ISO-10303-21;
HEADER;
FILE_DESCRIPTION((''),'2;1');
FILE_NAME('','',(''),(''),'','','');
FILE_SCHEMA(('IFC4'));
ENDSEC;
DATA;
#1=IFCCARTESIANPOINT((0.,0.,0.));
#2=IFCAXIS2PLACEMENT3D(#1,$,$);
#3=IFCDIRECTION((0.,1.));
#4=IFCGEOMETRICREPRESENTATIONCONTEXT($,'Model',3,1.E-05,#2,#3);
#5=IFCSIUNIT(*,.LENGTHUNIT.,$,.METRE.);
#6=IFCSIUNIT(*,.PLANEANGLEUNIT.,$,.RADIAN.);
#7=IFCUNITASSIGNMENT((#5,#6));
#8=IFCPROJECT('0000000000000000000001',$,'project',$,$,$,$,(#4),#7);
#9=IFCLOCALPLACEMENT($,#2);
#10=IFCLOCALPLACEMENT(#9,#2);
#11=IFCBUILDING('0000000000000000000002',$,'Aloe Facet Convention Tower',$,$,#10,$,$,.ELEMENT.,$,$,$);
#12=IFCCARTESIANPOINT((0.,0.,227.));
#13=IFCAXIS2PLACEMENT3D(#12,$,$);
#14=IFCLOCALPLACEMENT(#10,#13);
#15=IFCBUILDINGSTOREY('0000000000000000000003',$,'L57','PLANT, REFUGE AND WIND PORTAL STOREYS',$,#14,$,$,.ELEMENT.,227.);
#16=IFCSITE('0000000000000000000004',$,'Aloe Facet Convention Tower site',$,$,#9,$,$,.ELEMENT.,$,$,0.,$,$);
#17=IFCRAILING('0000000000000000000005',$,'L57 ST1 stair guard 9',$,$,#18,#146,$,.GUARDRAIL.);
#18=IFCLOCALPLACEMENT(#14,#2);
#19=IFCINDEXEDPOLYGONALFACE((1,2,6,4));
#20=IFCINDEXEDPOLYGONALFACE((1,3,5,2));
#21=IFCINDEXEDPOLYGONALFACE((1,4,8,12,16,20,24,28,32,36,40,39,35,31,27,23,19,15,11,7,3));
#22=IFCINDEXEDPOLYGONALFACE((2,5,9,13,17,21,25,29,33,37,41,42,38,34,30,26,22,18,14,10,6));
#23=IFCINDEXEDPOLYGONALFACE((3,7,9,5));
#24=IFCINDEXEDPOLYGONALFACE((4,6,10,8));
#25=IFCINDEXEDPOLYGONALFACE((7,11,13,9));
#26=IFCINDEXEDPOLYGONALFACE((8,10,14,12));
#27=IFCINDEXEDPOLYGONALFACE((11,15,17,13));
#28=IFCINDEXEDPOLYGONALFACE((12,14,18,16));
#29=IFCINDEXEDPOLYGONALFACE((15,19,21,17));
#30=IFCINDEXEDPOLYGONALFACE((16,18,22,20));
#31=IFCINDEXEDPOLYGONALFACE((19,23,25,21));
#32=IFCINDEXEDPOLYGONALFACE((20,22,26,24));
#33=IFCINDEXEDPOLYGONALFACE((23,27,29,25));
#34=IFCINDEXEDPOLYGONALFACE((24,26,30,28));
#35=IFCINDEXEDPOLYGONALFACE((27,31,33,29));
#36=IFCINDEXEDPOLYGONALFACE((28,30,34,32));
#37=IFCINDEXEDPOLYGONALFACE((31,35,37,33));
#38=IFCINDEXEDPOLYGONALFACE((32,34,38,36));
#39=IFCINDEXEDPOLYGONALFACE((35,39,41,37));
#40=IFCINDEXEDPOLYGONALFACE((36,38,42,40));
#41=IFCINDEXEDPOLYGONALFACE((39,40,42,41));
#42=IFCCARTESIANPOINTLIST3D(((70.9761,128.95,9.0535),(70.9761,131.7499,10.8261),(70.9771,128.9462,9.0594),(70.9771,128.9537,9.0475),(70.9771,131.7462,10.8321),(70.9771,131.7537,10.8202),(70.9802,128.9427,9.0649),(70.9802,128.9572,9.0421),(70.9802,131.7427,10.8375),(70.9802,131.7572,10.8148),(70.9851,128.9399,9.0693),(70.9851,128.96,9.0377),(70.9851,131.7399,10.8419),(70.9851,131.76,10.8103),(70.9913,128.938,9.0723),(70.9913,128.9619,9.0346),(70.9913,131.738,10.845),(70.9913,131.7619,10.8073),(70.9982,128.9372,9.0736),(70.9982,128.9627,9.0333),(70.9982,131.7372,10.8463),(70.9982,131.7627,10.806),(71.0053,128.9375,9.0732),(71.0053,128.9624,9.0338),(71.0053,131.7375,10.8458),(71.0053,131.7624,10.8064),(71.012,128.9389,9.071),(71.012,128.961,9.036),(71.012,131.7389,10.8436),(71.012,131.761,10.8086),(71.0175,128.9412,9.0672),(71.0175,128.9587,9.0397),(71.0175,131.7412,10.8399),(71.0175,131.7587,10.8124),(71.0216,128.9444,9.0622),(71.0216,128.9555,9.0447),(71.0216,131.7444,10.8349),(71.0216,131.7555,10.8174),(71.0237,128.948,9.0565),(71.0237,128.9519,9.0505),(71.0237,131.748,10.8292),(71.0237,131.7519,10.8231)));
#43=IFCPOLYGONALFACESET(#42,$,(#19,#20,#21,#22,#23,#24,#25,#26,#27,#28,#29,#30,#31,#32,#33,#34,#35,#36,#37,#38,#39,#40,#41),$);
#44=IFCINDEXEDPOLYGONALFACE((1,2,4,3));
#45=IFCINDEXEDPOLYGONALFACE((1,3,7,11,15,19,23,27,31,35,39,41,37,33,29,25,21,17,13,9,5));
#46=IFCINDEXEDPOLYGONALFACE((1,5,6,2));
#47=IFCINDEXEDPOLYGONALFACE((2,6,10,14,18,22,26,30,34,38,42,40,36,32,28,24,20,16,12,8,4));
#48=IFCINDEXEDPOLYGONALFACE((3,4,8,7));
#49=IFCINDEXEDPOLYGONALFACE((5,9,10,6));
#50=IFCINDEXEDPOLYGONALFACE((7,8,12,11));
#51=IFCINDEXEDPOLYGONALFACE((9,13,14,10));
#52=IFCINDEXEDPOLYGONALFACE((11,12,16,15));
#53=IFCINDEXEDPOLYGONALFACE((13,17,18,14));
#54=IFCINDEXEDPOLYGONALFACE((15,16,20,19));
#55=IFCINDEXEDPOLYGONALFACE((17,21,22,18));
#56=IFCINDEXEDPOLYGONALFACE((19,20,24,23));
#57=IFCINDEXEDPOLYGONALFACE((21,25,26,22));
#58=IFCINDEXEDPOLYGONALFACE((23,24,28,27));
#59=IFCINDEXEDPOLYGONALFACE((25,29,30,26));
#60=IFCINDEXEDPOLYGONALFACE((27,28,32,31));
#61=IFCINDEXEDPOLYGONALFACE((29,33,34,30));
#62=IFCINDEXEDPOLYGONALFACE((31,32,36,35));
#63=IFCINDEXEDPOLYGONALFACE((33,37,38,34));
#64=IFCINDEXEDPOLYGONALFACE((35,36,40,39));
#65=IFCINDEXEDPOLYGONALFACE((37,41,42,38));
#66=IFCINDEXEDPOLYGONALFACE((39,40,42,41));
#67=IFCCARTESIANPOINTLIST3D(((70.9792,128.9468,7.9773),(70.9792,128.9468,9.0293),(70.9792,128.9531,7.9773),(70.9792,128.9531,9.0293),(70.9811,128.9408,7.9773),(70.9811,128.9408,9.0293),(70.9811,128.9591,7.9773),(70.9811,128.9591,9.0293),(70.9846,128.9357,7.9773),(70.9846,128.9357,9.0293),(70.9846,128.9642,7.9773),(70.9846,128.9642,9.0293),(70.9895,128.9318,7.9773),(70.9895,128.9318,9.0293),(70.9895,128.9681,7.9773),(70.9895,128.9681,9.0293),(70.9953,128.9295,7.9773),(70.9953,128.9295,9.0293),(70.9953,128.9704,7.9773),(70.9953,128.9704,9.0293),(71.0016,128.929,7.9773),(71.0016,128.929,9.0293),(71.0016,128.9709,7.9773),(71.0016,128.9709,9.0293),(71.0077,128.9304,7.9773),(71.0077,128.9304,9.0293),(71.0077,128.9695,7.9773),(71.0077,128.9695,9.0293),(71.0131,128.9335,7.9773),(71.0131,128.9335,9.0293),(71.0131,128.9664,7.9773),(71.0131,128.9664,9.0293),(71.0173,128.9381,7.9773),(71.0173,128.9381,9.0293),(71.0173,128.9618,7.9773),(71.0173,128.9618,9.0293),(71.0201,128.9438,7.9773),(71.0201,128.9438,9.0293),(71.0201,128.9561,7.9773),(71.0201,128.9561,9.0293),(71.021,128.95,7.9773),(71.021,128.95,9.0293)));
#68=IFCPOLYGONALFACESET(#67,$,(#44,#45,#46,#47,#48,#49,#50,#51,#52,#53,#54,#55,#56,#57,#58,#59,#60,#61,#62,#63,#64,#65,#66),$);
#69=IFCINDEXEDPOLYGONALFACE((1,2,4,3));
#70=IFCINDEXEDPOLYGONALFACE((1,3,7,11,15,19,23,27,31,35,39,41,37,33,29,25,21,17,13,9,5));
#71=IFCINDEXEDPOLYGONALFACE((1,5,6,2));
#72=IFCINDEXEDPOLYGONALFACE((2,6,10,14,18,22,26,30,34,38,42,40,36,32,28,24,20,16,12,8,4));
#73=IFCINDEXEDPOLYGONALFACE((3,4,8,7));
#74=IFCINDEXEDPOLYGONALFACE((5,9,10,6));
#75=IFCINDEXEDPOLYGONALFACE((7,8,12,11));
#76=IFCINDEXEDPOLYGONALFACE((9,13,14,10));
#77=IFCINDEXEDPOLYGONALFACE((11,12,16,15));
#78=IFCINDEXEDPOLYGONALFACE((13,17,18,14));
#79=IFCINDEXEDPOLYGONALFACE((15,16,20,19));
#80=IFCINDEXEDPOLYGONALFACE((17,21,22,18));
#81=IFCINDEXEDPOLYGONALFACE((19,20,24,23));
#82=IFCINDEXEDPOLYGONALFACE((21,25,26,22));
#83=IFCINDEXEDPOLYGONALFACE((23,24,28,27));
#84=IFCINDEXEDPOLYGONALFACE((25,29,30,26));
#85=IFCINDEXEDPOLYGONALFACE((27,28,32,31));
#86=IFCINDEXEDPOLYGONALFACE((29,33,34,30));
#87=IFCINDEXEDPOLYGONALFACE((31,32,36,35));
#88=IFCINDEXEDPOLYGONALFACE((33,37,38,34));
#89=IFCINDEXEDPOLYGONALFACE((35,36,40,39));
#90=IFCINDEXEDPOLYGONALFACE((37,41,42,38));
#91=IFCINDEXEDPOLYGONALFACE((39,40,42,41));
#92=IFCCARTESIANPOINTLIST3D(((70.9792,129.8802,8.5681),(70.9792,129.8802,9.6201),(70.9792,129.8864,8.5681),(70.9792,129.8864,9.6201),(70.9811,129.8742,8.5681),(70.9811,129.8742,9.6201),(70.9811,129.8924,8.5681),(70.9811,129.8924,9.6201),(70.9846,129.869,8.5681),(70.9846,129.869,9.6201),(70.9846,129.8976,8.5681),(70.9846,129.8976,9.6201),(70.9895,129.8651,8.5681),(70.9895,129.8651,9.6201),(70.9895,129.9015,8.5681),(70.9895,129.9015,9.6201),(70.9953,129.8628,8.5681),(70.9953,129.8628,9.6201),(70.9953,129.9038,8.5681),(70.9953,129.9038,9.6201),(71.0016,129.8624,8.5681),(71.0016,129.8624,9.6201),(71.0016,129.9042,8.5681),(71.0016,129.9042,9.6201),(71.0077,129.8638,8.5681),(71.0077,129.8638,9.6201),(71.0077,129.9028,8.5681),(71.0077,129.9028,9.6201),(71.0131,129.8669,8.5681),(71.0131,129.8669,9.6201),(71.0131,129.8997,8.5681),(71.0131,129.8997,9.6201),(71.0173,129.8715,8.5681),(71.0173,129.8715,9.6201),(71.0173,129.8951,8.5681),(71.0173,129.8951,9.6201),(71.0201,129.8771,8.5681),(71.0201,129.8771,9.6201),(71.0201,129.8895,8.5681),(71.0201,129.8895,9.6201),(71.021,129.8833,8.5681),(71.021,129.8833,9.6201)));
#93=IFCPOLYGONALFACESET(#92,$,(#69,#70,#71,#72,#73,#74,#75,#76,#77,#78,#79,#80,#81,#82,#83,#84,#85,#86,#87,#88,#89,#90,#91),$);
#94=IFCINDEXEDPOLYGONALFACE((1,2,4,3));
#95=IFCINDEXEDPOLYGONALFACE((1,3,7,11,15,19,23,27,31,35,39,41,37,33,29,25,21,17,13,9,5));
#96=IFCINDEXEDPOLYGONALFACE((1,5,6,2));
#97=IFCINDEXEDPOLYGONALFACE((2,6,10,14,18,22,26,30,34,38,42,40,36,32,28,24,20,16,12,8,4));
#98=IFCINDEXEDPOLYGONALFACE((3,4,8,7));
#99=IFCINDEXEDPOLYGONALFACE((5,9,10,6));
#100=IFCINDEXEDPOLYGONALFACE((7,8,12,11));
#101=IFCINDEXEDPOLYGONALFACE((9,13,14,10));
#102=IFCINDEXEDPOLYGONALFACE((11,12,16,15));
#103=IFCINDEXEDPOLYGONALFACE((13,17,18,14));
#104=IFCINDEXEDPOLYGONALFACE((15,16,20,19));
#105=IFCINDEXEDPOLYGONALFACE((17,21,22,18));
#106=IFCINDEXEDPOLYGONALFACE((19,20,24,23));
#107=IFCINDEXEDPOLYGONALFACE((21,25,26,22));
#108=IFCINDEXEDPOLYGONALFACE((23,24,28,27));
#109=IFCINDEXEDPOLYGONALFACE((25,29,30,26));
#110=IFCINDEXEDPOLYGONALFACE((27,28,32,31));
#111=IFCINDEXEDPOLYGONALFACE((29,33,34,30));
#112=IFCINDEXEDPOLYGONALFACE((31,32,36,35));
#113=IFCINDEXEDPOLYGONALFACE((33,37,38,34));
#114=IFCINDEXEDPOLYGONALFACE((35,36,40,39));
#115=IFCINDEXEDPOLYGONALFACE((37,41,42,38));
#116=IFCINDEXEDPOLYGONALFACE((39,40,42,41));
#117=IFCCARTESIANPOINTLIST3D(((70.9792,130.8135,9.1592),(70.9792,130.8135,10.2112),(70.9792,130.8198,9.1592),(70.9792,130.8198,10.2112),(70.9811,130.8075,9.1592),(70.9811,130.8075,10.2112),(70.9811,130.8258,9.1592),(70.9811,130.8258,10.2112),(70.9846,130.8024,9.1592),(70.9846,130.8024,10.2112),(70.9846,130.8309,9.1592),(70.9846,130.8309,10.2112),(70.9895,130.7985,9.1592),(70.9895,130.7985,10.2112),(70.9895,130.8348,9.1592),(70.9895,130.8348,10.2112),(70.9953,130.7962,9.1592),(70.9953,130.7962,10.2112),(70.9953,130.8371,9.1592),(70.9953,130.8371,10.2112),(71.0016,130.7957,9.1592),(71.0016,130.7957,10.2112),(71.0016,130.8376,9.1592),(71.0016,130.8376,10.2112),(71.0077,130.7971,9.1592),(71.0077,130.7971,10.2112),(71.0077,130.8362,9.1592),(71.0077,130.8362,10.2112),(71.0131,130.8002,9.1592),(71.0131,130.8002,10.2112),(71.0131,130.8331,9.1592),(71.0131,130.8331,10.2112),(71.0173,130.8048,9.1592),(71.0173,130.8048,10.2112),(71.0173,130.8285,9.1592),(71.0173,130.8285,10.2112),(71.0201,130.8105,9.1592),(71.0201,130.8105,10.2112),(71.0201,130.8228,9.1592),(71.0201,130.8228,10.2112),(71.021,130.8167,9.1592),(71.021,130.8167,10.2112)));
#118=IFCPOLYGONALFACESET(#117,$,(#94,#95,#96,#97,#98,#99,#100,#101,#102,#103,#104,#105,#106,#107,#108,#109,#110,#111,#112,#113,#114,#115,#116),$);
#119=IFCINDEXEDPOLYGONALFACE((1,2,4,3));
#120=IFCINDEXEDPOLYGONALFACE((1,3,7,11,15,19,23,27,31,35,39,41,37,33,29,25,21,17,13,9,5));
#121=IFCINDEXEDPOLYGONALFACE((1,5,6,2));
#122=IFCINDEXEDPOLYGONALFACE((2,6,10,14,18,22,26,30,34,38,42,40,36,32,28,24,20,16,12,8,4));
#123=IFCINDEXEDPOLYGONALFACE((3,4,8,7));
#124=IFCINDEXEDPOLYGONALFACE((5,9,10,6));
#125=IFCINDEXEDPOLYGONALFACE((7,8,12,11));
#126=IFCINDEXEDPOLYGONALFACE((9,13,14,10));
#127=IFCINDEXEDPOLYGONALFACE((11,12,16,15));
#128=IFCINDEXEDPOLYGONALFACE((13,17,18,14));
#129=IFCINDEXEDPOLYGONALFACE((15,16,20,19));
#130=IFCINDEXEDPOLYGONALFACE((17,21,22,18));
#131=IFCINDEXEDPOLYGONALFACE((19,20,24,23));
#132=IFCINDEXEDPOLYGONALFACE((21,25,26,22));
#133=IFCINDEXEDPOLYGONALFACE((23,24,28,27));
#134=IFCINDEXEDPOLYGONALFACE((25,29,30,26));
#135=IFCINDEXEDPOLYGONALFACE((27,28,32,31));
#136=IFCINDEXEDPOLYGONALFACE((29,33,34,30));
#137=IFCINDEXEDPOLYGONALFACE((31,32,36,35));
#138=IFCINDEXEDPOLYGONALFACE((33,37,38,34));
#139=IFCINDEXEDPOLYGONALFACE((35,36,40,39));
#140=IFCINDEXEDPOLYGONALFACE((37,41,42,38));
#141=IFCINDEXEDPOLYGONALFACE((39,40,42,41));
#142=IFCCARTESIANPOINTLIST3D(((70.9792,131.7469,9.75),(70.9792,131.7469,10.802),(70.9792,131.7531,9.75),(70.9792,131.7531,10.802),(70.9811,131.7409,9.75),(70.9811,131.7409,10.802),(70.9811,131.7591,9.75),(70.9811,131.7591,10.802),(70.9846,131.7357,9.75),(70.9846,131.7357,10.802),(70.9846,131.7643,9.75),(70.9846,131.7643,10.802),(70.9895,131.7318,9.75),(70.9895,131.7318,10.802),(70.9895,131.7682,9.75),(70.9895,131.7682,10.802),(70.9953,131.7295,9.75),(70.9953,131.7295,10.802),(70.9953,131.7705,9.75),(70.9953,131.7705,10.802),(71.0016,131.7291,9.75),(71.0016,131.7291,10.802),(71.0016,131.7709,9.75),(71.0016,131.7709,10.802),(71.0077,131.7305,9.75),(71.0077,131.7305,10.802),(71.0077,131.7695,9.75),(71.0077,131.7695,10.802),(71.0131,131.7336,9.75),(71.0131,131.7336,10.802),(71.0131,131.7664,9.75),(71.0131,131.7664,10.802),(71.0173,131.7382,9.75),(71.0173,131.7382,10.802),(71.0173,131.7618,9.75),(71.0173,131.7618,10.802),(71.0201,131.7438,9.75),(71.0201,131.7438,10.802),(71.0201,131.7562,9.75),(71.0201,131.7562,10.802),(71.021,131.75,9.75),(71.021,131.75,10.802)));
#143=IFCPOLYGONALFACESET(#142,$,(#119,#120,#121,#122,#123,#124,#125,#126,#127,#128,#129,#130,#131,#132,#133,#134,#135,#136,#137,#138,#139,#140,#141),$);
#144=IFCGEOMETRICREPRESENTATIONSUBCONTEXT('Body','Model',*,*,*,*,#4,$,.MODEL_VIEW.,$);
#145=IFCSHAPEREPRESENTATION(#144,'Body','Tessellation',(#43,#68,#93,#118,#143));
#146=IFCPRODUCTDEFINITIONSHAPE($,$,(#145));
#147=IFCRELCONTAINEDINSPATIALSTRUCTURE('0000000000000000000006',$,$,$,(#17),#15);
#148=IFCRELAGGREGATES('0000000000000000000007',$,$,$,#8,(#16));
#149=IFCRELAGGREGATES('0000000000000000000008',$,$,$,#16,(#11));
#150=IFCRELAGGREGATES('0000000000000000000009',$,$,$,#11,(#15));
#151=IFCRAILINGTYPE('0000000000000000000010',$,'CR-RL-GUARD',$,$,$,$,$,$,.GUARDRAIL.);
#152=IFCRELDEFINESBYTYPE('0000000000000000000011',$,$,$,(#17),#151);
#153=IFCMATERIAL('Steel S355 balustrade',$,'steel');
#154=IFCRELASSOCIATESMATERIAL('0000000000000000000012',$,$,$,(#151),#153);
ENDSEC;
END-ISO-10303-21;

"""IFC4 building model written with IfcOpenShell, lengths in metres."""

from ifc_helpers import new_model, si_unit, direction, frame, origin, origin_2d, place, context, subcontext, project, spatial, circle, extrude, material, type_object, element, save


model = new_model("IFC4")

# Units and contexts
model_context = context("Model", 3, precision=1e-05, world=origin(), true_north=direction((0.0, 1.0)))
body_context = subcontext(model_context, "Body", "Model", "MODEL_VIEW")
ifc_project = project(units=[si_unit("LENGTHUNIT", "METRE"), si_unit("PLANEANGLEUNIT", "RADIAN")], contexts=[model_context])

# Site, building, storey
site_placement = place(None, origin())
site = spatial("IfcSite", under=ifc_project, at=site_placement, Name="Aloe Facet Convention Tower site", CompositionType="ELEMENT", RefElevation=0.0)
building_placement = place(site_placement, origin())
building = spatial("IfcBuilding", under=site, at=building_placement, Name="Aloe Facet Convention Tower", CompositionType="ELEMENT")
storey_placement = place(building_placement, frame((0.0, 0.0, 227.0)))
storey = spatial("IfcBuildingStorey", under=building, at=storey_placement, Name="L57", Description="PLANT, REFUGE AND WIND PORTAL STOREYS", CompositionType="ELEMENT", Elevation=227.0)

# Railing
ifc_material_1 = material(Name="Steel S355 balustrade", Category="steel")
railing_type_1 = type_object("IfcRailingType", Name="CR-RL-GUARD", PredefinedType="GUARDRAIL", material=ifc_material_1)
railing_1_placement = place(storey_placement, frame((71.0, 128.95, 7.9773)))
element("IfcRailing", 1, at=railing_1_placement, inside=storey, type_object=railing_type_1, Name="L57 ST1 stair guard 9", PredefinedType="GUARDRAIL", context=body_context, shape_type="SweptSolid", body=[
    extrude(circle(Radius=0.0239, at=origin_2d()), frame((0.0, 0.0, 1.0762), z_axis=(0.0, 0.844909, 0.53491), x_axis=(-1.0, 0.0, 0.0)), (0.0, 0.0, 1.0), 3.314),
    extrude(circle(Radius=0.021, at=origin_2d()), origin(), (0.0, 0.0, 1.0), 1.052),
    extrude(circle(Radius=0.021, at=origin_2d()), frame((0.0, 0.9333, 0.5908)), (0.0, 0.0, 1.0), 1.052),
    extrude(circle(Radius=0.021, at=origin_2d()), frame((0.0, 1.8667, 1.1819)), (0.0, 0.0, 1.0), 1.052),
    extrude(circle(Radius=0.021, at=origin_2d()), frame((0.0, 2.8, 1.7727)), (0.0, 0.0, 1.0), 1.052),
])

save(model, "model.ifc")
